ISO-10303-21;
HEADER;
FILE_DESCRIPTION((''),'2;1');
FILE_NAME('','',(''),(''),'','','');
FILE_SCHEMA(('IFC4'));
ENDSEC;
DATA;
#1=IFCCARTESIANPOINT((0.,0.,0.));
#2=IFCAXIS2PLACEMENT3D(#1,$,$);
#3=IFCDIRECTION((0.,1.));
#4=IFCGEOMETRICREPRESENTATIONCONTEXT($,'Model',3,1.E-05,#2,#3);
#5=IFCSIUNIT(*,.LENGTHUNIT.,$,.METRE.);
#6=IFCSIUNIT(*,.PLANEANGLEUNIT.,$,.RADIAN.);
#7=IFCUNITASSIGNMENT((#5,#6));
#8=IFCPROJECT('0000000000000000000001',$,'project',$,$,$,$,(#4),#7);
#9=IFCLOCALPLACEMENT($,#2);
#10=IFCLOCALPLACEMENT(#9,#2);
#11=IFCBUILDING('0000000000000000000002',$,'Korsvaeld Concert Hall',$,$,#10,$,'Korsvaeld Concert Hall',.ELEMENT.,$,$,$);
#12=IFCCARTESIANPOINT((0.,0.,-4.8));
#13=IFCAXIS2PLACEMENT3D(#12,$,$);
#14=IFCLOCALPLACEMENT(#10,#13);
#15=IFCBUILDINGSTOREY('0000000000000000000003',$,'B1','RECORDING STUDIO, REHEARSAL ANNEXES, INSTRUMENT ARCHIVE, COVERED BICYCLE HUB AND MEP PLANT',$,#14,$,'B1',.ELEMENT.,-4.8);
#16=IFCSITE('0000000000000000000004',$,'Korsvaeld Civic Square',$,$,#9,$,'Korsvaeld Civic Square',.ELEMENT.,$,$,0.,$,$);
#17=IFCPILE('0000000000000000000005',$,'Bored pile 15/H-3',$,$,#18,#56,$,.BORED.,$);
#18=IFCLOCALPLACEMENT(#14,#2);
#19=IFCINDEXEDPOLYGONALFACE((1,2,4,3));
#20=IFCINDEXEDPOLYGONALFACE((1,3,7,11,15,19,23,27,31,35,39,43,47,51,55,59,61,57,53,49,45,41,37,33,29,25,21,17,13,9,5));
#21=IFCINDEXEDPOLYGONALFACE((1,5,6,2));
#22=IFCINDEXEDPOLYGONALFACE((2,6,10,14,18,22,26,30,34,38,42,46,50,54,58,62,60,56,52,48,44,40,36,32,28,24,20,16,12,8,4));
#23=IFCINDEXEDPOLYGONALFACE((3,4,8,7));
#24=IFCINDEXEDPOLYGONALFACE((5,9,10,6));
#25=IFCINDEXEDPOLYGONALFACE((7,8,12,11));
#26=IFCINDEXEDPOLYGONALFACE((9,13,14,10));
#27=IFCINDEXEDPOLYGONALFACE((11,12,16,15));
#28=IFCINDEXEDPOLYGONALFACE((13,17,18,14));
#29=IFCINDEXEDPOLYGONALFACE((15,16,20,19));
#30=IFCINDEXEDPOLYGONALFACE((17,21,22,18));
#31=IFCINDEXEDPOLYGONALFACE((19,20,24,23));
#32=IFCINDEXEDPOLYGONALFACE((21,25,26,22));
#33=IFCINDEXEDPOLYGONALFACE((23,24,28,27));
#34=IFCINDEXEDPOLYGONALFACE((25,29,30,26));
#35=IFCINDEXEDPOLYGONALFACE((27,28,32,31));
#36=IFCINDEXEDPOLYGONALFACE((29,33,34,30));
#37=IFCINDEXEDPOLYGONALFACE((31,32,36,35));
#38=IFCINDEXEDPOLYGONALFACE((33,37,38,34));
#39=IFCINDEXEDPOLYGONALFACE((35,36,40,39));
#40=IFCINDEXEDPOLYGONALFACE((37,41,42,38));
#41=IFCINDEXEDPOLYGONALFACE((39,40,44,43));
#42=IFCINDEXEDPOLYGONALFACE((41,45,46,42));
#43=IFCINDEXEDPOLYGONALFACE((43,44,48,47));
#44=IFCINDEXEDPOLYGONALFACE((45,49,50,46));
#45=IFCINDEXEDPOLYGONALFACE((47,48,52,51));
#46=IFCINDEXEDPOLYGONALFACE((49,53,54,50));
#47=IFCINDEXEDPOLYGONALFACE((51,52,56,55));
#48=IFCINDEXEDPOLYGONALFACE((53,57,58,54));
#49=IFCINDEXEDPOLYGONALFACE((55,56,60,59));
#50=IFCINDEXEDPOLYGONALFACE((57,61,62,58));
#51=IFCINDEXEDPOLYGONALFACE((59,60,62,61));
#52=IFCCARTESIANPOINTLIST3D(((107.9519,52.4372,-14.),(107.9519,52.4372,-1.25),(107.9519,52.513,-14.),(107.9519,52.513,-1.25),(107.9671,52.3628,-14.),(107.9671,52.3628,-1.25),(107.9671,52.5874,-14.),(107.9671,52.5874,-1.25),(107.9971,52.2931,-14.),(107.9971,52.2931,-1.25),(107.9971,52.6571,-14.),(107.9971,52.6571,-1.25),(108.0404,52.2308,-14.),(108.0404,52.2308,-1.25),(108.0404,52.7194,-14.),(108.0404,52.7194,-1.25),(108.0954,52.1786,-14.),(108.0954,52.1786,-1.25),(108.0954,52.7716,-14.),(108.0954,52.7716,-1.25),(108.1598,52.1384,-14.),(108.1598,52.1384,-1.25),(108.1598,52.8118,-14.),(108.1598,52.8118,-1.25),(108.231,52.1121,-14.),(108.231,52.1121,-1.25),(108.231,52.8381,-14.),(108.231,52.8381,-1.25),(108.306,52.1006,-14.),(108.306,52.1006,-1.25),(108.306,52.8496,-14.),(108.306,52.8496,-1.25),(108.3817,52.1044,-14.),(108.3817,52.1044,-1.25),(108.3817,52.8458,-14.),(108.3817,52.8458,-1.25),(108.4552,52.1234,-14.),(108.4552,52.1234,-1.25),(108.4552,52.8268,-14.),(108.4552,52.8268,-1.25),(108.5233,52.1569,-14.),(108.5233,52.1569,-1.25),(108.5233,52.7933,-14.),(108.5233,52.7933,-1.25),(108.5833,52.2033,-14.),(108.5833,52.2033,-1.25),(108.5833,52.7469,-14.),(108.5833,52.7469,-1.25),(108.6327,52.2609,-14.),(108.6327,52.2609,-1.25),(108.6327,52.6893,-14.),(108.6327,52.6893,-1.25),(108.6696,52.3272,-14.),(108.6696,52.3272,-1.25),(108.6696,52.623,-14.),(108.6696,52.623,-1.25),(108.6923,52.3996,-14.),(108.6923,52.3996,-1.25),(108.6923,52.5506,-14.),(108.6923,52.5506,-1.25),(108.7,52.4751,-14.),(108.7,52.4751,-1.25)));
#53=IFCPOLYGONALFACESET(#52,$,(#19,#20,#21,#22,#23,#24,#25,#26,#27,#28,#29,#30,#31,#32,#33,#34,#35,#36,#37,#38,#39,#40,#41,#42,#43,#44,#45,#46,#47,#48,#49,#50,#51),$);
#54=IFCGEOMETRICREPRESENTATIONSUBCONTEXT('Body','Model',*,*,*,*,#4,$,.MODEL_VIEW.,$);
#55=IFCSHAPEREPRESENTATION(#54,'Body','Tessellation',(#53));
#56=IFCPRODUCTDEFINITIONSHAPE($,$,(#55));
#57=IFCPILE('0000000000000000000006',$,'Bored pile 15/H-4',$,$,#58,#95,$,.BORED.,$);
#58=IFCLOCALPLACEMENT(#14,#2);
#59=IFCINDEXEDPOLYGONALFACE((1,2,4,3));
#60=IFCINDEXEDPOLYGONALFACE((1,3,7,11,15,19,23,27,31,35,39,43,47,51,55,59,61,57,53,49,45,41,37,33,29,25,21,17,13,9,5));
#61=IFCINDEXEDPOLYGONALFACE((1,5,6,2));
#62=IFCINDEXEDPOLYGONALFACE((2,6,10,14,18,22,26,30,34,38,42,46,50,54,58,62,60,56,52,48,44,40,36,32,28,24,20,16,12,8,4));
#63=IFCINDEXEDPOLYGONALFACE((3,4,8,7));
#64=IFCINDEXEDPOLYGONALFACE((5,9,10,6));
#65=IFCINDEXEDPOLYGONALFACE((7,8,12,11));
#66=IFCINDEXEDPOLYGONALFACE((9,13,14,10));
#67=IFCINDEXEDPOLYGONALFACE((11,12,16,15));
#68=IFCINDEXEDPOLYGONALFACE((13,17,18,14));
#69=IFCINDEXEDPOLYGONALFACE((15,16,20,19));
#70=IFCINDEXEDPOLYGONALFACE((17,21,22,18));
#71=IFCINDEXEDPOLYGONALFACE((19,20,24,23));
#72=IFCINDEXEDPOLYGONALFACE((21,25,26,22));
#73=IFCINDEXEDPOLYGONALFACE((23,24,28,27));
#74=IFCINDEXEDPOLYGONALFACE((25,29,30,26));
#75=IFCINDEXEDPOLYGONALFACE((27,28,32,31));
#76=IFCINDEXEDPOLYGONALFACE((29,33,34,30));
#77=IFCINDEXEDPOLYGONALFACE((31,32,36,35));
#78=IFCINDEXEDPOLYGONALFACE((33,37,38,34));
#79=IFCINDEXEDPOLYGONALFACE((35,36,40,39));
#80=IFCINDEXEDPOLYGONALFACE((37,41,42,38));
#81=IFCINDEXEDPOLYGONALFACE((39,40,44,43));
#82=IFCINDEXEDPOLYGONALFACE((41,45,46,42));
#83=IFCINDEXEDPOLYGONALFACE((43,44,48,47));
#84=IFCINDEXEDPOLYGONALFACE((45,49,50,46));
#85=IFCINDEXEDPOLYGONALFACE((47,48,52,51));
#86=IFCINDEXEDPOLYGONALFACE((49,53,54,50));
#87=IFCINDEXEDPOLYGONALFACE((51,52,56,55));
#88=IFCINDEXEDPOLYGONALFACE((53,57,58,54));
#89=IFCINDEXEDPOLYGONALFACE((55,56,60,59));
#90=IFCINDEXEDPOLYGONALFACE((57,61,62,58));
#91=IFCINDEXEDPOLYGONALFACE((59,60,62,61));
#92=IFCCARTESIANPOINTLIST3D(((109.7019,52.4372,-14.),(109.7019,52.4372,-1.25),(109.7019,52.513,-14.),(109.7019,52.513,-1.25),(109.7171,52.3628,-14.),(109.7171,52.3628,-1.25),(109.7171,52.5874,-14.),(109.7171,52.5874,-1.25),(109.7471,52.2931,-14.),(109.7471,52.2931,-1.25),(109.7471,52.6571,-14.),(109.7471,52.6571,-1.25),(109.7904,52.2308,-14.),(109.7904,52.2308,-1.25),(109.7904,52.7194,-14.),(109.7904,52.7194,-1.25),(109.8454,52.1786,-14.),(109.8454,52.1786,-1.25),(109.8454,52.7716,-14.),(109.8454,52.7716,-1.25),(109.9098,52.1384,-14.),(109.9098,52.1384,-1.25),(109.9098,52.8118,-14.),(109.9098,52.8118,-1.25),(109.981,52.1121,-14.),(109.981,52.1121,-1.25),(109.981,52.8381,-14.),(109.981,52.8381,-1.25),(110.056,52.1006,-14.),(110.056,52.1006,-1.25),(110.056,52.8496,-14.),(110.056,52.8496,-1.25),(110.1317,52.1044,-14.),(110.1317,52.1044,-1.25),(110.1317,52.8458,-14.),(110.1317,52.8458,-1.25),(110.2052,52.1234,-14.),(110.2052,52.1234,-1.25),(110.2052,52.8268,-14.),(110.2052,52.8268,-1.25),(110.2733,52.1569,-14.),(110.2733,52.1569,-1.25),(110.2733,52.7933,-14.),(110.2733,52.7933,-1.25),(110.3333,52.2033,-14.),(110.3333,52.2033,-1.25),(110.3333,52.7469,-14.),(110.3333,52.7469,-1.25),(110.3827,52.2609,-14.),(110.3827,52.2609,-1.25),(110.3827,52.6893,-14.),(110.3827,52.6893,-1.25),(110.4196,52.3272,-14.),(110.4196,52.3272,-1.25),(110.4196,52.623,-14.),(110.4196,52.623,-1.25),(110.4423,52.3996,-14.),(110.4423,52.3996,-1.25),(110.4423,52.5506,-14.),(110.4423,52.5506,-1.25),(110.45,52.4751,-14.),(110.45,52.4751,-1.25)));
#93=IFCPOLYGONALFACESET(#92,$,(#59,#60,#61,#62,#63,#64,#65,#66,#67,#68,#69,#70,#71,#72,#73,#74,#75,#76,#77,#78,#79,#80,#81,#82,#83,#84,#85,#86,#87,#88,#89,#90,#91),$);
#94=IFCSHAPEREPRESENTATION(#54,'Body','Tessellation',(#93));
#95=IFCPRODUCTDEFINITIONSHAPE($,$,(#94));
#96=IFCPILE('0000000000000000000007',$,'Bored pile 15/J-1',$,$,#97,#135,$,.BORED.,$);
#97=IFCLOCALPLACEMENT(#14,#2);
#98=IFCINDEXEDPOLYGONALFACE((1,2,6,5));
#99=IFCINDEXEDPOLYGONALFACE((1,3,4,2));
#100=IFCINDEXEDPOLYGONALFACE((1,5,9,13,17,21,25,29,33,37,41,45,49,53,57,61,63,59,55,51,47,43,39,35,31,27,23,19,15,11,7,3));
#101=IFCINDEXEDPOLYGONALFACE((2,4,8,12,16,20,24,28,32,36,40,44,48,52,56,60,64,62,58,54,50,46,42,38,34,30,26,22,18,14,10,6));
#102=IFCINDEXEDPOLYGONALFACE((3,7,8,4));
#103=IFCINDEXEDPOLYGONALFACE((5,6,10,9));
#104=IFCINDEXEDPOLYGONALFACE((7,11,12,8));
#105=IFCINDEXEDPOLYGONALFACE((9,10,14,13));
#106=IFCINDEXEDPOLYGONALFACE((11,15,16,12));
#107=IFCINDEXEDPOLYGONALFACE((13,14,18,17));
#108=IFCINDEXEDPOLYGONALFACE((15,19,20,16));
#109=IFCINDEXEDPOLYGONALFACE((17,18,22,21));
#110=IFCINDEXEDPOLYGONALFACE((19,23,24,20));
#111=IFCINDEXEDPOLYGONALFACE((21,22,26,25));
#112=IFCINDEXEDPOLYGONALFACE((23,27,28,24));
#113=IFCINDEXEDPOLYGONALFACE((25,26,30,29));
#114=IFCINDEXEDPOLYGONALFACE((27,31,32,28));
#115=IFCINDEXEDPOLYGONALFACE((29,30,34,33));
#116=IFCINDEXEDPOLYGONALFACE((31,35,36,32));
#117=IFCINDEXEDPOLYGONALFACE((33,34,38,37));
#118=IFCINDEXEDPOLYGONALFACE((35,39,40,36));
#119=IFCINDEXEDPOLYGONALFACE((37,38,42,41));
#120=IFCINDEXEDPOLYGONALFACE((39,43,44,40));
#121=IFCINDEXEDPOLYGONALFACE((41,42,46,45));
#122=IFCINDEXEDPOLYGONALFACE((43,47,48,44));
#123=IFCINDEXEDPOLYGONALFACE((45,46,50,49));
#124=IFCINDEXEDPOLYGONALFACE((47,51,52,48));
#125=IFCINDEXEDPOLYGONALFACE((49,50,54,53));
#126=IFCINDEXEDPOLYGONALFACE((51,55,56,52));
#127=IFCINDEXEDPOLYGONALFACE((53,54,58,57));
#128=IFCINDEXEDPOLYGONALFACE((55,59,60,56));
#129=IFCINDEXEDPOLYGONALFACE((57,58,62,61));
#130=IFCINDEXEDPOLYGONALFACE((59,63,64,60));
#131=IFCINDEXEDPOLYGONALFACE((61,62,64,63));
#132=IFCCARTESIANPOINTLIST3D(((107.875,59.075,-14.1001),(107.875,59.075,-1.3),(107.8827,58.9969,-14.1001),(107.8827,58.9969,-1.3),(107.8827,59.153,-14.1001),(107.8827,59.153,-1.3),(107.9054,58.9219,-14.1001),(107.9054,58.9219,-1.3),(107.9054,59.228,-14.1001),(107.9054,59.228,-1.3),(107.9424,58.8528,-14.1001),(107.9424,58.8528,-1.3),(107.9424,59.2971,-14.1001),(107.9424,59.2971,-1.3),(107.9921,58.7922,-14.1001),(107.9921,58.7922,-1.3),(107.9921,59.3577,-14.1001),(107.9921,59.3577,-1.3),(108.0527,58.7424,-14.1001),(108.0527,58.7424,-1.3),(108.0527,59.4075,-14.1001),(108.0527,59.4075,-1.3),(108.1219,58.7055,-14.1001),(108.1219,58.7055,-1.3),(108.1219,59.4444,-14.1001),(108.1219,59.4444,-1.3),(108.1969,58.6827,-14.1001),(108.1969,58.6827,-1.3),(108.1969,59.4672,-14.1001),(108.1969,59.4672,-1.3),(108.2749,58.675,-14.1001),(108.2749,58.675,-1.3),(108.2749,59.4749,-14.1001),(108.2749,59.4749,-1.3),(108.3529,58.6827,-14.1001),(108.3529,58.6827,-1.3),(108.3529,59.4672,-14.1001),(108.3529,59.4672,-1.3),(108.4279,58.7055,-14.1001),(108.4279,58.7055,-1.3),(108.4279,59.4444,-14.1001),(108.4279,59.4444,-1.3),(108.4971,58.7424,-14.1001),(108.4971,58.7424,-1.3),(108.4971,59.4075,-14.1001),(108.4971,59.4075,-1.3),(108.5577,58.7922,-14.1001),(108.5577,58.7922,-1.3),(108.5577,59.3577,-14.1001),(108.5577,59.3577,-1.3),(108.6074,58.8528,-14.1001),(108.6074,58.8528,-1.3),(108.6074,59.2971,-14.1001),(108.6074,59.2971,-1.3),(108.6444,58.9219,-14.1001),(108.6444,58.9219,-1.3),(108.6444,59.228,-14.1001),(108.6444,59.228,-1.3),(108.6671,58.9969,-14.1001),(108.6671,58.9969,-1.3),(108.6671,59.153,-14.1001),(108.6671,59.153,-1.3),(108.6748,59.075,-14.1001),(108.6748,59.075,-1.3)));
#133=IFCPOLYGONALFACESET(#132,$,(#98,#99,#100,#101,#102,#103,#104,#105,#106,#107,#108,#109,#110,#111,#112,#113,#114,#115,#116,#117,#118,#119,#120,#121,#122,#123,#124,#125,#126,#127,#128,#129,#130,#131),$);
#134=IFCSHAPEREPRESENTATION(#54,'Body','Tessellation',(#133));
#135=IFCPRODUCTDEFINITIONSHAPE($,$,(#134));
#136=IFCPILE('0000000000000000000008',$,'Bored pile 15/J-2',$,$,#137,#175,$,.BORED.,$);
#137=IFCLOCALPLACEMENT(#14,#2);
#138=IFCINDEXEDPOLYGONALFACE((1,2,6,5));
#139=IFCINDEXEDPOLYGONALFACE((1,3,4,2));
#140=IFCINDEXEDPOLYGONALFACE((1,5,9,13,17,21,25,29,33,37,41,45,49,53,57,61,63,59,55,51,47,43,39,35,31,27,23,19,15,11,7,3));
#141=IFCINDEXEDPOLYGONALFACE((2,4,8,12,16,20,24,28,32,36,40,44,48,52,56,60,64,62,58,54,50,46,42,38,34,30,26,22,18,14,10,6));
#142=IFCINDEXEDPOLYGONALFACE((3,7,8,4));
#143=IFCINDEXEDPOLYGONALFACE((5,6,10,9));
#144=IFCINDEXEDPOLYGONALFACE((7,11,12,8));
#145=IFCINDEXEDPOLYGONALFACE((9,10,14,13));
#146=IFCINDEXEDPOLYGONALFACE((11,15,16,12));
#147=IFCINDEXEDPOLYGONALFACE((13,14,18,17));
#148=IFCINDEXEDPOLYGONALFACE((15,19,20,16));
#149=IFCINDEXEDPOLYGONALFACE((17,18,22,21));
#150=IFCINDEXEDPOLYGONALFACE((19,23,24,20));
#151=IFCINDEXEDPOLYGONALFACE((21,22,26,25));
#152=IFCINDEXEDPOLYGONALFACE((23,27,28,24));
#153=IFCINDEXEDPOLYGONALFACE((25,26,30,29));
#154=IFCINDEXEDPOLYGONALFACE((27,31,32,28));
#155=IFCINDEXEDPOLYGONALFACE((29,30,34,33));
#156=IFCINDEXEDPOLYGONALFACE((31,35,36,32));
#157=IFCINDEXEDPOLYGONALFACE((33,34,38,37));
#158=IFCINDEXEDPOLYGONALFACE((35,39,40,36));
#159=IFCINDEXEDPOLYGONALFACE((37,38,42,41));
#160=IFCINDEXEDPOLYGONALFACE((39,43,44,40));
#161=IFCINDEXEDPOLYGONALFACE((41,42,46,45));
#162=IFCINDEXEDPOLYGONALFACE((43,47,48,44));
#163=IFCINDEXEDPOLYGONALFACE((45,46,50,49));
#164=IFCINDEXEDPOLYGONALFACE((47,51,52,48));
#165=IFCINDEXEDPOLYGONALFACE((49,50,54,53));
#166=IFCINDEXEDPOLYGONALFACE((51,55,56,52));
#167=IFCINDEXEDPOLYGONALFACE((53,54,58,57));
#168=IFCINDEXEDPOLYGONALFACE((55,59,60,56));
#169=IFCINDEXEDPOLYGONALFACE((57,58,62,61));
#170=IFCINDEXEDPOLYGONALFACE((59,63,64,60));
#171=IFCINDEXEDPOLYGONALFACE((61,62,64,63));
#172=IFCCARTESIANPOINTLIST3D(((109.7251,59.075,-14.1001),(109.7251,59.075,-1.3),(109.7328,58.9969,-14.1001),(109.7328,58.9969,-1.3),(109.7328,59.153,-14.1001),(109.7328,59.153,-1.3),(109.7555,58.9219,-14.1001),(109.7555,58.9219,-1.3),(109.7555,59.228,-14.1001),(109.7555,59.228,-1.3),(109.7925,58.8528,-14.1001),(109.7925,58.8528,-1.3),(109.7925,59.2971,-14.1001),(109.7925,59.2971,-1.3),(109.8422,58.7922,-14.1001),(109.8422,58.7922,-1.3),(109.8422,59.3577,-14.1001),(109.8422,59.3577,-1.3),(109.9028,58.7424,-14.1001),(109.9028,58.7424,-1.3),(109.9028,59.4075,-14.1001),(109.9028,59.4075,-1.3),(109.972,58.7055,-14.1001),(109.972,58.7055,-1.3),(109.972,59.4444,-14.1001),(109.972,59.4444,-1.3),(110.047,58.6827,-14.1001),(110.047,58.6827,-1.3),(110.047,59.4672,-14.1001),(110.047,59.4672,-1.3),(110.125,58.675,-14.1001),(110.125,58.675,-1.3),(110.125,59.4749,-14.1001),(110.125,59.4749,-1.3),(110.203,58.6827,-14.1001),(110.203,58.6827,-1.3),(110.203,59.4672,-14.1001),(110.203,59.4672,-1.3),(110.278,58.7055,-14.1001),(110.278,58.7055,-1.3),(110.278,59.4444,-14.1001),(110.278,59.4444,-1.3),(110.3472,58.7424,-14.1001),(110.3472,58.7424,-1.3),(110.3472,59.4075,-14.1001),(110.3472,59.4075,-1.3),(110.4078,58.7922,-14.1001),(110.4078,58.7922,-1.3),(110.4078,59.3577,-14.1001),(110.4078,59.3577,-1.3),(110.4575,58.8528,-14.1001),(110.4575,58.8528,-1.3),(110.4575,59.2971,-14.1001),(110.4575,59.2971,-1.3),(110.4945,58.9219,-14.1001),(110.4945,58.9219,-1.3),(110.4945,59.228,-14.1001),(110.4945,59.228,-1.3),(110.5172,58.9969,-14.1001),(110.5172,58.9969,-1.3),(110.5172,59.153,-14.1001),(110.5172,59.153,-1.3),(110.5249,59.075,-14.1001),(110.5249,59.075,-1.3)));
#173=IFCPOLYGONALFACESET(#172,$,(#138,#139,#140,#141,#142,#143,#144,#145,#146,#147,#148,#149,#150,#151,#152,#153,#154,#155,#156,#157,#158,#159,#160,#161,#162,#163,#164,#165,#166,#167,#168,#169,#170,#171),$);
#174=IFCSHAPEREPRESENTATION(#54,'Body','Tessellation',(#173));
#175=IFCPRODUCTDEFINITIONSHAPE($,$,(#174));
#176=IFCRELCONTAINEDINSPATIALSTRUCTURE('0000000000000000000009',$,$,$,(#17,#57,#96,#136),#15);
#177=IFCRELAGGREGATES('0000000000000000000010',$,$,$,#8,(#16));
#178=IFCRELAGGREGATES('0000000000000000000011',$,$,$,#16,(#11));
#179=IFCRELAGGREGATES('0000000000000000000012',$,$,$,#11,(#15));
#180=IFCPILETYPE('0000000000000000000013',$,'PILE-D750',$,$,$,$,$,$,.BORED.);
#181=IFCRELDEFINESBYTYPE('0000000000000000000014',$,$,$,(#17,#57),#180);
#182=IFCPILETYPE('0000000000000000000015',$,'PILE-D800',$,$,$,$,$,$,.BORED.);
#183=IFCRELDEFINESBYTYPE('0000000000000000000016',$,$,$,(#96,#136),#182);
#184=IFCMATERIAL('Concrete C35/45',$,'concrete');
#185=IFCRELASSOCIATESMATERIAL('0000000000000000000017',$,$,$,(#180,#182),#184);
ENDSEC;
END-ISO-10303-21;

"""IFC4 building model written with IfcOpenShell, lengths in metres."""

from ifc_helpers import new_model, si_unit, direction, frame, origin, origin_2d, place, context, subcontext, project, spatial, circle, extrude, material, material_profile, profile_set, type_object, element, save


model = new_model("IFC4")

# Units and contexts
model_context = context("Model", 3, precision=1e-05, world=origin(), true_north=direction((0.0, 1.0)))
body_context = subcontext(model_context, "Body", "Model", "MODEL_VIEW")
ifc_project = project(units=[si_unit("LENGTHUNIT", "METRE"), si_unit("PLANEANGLEUNIT", "RADIAN")], contexts=[model_context])

# Site, building, storey
site_placement = place(None, origin())
site = spatial("IfcSite", under=ifc_project, at=site_placement, Name="Korsvaeld Civic Square", LongName="Korsvaeld Civic Square", CompositionType="ELEMENT", RefElevation=0.0)
building_placement = place(site_placement, origin())
building = spatial("IfcBuilding", under=site, at=building_placement, Name="Korsvaeld Concert Hall", LongName="Korsvaeld Concert Hall", CompositionType="ELEMENT")
storey_placement = place(building_placement, frame((0.0, 0.0, -4.8)))
storey = spatial("IfcBuildingStorey", under=building, at=storey_placement, Name="B1", Description="RECORDING STUDIO, REHEARSAL ANNEXES, INSTRUMENT ARCHIVE, COVERED BICYCLE HUB AND MEP PLANT", LongName="B1", CompositionType="ELEMENT", Elevation=-4.8)

# Shared definitions
ifc_material_1 = material(Name="Concrete C35/45", Category="concrete")

# Piles
ifc_material_profile_1 = material_profile(ifc_material_1, circle(Radius=0.375, at=origin_2d()), Name="BORED PILE D750")
ifc_profile_set_1 = profile_set([ifc_material_profile_1], Name="Concrete C35/45")
pile_type_1 = type_object("IfcPileType", Name="PILE-D750", PredefinedType="BORED", material=ifc_profile_set_1)
for number, where, z_axis, x_axis, name in (
    (1, (108.325, 52.4751, -1.25), (0.0, 0.0, -1.0), (1.0, 0.0, 0.0), "Bored pile 15/H-3"),
    (2, (110.075, 52.4751, -1.25), (0.0, 0.0, -1.0), (1.0, 0.0, 0.0), "Bored pile 15/H-4"),
):
    element("IfcPile", number, at=place(storey_placement, frame(where, z_axis=z_axis, x_axis=x_axis)), inside=storey, type_object=pile_type_1, Name=name, PredefinedType="BORED", context=body_context, shape_type="SweptSolid", body=[
        extrude(circle(Radius=0.375, at=origin_2d()), origin(), (0.0, 0.0, 1.0), 12.75),
    ])
ifc_material_profile_2 = material_profile(ifc_material_1, circle(Radius=0.3999, at=origin_2d()), Name="BORED PILE D800")
ifc_profile_set_2 = profile_set([ifc_material_profile_2], Name="Concrete C35/45")
pile_type_2 = type_object("IfcPileType", Name="PILE-D800", PredefinedType="BORED", material=ifc_profile_set_2)
for number, where, z_axis, x_axis, name in (
    (3, (108.2749, 59.075, -1.3), (0.0, 0.0, -1.0), (1.0, 0.0, 0.0), "Bored pile 15/J-1"),
    (4, (110.125, 59.075, -1.3), (0.0, 0.0, -1.0), (1.0, 0.0, 0.0), "Bored pile 15/J-2"),
):
    element("IfcPile", number, at=place(storey_placement, frame(where, z_axis=z_axis, x_axis=x_axis)), inside=storey, type_object=pile_type_2, Name=name, PredefinedType="BORED", context=body_context, shape_type="SweptSolid", body=[
        extrude(circle(Radius=0.3999, at=origin_2d()), origin(), (0.0, 0.0, 1.0), 12.8),
    ])

save(model, "model.ifc")
